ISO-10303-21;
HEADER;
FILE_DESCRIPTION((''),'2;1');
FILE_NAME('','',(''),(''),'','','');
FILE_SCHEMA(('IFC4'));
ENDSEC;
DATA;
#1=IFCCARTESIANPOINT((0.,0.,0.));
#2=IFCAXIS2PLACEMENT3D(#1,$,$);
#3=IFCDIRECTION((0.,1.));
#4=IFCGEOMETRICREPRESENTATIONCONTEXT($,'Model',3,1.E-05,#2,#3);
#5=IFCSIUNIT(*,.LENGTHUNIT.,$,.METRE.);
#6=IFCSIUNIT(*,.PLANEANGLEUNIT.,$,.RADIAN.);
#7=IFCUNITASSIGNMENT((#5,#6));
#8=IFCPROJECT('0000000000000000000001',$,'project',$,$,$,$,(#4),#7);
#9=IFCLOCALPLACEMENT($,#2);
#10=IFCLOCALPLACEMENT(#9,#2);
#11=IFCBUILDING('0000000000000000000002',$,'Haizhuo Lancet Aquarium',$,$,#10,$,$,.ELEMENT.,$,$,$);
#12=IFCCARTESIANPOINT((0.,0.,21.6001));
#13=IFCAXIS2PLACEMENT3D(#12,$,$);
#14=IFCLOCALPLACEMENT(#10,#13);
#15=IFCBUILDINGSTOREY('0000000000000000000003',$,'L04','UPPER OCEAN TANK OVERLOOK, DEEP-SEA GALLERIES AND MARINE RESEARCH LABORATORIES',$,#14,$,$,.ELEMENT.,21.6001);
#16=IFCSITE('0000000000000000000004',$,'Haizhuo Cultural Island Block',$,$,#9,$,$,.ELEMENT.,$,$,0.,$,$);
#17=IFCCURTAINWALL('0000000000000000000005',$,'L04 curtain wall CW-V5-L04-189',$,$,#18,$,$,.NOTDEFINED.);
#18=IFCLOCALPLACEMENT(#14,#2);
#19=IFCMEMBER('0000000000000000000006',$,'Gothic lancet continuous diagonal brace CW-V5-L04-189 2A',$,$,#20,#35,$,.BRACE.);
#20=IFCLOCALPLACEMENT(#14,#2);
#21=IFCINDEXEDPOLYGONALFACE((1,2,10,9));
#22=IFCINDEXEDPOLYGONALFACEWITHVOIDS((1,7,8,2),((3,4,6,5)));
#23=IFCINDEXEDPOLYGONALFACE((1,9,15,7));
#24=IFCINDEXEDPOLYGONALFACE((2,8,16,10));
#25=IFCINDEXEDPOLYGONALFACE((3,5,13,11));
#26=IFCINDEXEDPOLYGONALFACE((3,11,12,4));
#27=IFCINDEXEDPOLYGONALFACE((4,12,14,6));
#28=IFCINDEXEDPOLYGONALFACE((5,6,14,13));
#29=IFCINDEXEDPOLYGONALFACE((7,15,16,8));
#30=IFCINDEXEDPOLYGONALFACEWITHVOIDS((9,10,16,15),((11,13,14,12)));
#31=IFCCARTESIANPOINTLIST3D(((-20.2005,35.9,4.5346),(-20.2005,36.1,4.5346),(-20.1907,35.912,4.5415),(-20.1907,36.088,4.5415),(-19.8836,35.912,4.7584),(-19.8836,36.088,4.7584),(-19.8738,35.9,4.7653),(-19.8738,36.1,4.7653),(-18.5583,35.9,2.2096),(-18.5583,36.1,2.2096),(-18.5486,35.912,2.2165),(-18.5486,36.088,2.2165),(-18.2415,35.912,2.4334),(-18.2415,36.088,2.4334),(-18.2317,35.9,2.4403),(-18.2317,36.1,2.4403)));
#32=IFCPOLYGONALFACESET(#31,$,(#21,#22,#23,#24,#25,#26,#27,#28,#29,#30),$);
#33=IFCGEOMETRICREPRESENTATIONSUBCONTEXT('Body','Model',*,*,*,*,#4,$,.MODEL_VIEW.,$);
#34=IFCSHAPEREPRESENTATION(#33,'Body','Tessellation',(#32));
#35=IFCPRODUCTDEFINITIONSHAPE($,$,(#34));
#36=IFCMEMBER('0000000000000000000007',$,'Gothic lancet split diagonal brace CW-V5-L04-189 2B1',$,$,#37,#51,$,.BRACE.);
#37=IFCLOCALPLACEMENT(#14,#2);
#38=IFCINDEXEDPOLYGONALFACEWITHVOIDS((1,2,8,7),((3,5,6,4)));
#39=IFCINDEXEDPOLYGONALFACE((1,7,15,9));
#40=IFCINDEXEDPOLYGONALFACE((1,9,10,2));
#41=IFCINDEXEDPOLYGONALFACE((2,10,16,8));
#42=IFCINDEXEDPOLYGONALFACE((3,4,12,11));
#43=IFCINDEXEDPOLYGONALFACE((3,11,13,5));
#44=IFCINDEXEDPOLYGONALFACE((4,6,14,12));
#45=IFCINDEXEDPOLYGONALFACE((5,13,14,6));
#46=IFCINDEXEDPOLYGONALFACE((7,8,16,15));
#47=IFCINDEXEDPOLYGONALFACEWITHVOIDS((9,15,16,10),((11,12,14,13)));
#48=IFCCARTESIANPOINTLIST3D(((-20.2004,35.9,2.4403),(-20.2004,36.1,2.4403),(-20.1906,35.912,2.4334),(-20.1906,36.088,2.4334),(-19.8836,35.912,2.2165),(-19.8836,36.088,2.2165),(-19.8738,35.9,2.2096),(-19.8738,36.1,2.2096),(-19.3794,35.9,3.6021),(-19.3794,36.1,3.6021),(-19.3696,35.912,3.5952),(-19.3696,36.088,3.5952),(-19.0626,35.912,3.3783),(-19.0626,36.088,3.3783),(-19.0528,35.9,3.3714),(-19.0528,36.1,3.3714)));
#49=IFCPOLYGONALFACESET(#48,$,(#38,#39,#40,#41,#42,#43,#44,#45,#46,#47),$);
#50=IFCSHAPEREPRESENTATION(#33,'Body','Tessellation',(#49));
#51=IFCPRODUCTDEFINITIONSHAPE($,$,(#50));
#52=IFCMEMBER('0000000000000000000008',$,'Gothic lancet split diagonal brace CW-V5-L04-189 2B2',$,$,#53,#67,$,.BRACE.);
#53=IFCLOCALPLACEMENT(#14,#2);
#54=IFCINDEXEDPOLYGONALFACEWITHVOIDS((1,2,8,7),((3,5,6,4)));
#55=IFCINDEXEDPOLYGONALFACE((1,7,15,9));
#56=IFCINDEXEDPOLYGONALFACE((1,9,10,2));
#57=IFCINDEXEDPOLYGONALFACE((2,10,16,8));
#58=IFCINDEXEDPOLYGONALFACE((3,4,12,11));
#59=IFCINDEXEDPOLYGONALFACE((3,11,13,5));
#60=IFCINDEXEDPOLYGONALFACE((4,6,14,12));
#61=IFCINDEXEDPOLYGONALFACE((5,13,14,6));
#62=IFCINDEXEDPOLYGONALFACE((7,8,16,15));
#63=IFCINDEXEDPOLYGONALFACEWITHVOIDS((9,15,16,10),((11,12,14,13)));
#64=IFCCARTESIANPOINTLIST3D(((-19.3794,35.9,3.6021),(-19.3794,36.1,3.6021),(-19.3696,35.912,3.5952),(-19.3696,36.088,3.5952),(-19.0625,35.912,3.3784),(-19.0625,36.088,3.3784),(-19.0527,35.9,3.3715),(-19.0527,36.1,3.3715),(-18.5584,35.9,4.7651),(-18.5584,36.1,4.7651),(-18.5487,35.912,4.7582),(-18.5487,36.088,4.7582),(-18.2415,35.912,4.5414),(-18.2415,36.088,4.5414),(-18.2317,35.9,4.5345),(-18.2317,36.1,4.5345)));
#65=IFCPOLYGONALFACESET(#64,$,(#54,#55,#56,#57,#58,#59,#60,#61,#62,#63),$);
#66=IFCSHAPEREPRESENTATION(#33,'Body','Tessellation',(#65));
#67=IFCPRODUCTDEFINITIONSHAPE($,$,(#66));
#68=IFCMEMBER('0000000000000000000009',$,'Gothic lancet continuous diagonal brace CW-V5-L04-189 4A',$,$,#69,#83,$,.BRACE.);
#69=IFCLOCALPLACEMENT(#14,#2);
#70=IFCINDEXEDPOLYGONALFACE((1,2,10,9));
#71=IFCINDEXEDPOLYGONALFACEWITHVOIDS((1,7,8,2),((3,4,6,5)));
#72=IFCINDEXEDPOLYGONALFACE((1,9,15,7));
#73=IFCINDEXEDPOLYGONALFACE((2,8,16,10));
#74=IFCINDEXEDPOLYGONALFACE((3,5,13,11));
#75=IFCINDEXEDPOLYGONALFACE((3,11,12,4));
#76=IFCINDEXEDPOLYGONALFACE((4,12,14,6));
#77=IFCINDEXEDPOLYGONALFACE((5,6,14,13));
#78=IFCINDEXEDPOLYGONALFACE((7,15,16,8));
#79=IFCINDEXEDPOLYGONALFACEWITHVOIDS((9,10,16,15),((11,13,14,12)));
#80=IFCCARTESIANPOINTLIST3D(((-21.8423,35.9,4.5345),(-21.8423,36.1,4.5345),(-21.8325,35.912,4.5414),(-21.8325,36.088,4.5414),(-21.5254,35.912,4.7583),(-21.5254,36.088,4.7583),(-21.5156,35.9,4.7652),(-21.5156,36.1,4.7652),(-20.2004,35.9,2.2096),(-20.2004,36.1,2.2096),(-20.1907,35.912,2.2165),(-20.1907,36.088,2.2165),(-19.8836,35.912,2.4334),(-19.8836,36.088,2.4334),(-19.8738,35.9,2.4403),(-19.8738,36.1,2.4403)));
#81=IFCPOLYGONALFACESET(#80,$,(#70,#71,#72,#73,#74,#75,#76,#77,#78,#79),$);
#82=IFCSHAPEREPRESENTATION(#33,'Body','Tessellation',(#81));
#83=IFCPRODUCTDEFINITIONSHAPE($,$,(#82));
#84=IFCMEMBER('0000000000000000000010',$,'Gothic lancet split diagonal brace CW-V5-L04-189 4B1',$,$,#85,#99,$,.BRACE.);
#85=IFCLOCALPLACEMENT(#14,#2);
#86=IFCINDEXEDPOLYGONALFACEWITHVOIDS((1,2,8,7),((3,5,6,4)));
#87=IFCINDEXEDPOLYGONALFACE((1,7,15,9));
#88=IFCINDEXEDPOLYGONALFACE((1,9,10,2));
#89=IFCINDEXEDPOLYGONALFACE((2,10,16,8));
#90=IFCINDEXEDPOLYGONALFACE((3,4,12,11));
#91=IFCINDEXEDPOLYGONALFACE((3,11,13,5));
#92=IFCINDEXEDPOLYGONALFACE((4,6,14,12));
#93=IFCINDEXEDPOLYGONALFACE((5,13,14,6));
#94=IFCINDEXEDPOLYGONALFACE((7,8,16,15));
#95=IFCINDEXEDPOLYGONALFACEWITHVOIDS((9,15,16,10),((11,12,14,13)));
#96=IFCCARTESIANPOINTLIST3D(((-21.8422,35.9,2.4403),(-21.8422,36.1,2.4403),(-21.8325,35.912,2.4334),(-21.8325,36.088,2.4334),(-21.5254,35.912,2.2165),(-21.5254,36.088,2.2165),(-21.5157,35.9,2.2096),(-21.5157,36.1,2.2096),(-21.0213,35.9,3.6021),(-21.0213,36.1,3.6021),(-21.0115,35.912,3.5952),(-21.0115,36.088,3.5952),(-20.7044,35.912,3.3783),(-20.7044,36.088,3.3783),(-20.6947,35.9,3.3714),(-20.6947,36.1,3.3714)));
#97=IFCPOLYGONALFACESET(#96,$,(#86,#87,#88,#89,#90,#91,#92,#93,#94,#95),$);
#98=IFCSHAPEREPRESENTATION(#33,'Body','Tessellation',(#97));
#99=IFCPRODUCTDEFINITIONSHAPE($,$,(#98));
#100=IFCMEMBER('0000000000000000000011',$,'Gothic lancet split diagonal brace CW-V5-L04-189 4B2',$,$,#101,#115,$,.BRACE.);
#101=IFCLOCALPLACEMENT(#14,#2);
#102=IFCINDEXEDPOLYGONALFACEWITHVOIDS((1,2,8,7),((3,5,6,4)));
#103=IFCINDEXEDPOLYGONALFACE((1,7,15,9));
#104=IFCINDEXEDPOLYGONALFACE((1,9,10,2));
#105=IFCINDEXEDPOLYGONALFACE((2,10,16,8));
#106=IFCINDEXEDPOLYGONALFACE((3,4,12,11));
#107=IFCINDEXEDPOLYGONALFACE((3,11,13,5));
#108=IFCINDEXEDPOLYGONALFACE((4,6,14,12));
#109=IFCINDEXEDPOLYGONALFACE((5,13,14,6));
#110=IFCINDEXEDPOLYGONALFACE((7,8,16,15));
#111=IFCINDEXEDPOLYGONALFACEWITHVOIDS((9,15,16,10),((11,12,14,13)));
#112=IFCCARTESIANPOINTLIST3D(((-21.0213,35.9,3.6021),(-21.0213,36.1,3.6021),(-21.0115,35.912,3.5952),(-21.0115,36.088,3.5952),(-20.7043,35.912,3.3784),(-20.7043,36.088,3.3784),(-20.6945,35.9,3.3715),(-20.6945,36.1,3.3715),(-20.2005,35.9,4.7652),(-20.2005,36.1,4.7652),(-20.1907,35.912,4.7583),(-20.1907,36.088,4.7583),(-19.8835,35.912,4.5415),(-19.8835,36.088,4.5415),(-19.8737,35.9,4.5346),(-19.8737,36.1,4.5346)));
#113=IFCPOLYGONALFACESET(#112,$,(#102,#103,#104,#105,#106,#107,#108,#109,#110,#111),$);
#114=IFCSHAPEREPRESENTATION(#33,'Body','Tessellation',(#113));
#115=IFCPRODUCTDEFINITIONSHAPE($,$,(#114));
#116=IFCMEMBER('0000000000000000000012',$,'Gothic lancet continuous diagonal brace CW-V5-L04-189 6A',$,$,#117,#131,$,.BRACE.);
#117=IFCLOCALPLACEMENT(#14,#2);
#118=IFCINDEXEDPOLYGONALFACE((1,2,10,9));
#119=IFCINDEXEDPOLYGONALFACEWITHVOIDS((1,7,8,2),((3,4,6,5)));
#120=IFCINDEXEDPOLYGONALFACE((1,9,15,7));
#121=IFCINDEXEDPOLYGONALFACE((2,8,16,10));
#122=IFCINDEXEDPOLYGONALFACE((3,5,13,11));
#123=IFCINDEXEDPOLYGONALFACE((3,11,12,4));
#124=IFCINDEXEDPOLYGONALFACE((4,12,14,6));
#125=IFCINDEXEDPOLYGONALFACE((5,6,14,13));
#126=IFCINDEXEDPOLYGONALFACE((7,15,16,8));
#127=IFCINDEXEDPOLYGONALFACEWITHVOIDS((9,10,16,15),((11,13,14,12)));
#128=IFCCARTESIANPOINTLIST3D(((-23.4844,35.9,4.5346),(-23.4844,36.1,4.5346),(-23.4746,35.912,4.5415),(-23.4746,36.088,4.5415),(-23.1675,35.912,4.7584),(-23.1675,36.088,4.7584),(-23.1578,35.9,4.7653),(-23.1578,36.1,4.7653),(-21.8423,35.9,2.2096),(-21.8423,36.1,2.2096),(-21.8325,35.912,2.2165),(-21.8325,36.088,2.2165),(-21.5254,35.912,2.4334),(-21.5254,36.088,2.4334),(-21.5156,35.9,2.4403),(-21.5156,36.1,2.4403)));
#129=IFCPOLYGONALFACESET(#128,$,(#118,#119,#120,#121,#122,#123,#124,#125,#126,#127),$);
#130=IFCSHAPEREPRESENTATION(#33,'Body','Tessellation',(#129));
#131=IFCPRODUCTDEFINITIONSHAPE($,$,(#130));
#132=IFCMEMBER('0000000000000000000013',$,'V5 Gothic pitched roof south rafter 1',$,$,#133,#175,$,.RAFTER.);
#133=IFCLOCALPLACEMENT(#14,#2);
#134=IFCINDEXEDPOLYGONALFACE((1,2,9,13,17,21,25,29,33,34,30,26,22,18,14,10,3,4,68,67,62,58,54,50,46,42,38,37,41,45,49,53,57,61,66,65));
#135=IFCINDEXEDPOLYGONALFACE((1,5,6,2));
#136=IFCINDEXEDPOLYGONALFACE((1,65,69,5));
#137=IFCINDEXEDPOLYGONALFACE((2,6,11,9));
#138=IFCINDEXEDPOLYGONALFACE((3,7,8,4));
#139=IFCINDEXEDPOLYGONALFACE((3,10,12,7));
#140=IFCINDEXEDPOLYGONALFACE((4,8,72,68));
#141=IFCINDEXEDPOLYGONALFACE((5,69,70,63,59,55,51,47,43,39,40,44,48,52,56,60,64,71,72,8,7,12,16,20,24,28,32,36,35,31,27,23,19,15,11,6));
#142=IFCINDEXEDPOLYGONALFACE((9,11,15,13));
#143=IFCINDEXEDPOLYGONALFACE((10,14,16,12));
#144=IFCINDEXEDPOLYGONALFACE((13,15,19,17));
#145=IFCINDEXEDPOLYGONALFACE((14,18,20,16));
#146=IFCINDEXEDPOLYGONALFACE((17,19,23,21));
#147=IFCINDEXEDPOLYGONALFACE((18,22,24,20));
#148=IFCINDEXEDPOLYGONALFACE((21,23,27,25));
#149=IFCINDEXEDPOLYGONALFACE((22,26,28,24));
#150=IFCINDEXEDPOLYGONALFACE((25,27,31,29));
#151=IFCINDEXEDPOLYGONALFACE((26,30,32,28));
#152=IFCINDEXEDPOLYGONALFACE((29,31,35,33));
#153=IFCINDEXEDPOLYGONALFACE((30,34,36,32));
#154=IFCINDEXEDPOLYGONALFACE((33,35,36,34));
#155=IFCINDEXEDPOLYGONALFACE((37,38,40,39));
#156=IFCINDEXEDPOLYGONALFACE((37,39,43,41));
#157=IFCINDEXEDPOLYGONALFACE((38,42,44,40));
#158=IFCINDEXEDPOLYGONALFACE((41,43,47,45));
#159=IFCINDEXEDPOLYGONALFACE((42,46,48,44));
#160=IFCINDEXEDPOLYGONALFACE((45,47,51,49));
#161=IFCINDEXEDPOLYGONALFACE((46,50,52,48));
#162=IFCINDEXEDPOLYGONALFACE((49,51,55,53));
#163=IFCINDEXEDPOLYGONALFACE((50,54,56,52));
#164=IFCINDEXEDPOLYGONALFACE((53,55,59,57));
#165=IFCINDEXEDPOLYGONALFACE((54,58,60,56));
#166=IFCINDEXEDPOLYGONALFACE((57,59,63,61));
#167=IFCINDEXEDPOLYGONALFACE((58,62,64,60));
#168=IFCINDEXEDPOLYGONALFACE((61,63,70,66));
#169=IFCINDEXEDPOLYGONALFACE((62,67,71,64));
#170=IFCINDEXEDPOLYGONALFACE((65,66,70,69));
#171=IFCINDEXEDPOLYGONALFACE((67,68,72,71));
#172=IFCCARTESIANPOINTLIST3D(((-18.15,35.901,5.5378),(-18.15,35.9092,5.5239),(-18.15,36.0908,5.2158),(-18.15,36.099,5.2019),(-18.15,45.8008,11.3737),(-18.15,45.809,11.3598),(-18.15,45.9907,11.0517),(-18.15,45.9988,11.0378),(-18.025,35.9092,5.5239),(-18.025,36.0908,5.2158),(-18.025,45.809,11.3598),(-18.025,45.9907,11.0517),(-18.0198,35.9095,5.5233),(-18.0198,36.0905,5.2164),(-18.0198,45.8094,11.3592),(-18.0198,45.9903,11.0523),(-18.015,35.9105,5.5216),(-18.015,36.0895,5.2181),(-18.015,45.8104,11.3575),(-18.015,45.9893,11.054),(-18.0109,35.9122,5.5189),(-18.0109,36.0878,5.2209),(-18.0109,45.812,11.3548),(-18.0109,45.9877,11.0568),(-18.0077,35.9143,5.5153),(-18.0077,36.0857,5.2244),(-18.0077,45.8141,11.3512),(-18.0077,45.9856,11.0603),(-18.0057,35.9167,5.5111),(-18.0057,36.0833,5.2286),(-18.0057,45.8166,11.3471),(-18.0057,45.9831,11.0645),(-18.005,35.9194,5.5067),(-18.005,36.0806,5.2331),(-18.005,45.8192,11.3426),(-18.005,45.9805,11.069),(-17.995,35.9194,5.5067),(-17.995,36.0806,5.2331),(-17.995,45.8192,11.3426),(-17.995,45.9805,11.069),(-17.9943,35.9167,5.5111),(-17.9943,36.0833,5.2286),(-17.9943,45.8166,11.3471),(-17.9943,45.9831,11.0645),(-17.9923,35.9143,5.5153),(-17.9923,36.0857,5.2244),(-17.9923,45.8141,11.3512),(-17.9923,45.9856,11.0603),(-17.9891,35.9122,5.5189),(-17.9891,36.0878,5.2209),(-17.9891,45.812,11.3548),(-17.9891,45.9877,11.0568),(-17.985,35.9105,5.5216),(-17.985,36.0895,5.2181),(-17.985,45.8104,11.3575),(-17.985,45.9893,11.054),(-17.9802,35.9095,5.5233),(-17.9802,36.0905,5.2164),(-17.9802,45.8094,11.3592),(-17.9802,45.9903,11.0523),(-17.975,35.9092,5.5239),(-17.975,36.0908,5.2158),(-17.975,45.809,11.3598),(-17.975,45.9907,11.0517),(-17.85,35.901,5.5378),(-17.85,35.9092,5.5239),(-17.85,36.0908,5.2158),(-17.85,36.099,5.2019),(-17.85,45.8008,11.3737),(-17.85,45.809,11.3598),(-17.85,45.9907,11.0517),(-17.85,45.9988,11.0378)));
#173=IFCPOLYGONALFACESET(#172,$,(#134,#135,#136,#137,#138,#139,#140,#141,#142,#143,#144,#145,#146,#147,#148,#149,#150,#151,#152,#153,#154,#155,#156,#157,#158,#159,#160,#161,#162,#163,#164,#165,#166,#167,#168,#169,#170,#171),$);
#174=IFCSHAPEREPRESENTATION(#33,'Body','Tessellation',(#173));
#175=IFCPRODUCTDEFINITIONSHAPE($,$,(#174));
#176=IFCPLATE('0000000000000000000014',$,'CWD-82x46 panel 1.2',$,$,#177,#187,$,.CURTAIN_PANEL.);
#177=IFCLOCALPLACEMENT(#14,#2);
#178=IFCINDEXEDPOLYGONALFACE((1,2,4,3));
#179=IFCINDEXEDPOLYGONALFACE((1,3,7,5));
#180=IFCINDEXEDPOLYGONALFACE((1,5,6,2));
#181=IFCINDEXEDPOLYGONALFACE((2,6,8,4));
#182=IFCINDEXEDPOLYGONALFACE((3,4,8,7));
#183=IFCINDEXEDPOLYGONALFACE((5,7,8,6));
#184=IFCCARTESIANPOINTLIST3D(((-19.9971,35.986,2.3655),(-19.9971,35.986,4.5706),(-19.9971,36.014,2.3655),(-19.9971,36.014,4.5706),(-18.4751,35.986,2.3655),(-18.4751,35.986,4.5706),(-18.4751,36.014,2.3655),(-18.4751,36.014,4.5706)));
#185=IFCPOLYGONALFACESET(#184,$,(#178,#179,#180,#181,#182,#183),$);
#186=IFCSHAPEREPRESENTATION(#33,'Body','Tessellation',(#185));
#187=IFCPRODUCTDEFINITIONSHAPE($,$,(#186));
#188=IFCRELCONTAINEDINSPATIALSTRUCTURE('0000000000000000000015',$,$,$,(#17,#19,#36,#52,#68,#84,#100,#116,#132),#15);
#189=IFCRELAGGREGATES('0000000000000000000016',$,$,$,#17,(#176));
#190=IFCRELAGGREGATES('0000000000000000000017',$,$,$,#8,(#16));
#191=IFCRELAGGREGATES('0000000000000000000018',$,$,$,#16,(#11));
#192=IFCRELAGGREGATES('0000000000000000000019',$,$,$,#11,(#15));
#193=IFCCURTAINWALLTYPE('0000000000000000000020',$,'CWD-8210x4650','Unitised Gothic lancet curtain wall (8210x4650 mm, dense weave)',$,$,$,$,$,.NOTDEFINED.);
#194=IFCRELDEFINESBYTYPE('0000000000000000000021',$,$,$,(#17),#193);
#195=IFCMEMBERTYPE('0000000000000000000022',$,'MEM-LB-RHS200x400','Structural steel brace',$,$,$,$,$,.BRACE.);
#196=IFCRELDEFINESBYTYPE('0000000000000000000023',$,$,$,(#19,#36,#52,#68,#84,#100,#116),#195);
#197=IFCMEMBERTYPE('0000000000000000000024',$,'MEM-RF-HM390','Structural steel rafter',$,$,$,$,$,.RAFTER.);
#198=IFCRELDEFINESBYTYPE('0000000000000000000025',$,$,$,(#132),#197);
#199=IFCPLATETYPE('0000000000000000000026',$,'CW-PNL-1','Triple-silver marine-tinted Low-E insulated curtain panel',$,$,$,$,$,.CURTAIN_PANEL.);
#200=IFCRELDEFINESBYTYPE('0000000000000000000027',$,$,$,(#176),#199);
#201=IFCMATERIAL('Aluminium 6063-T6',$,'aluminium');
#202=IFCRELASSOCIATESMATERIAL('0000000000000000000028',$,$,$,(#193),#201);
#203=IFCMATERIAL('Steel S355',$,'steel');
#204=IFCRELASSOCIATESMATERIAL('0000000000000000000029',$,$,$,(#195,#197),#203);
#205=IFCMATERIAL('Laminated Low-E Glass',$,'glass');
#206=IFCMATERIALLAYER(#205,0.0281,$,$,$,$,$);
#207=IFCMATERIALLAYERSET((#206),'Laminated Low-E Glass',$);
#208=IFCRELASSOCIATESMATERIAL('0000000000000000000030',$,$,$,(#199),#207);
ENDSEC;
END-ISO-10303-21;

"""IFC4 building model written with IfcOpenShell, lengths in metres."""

from ifc_helpers import new_model, si_unit, direction, frame, origin, origin_2d, place, context, subcontext, project, spatial, rectangle, hollow_rectangle, i_section, extrude, material, layer, layer_set, material_profile, profile_set, type_object, element, aggregate, save


model = new_model("IFC4")

# Units and contexts
model_context = context("Model", 3, precision=1e-05, world=origin(), true_north=direction((0.0, 1.0)))
body_context = subcontext(model_context, "Body", "Model", "MODEL_VIEW")
ifc_project = project(units=[si_unit("LENGTHUNIT", "METRE"), si_unit("PLANEANGLEUNIT", "RADIAN")], contexts=[model_context])

# Site, building, storey
site_placement = place(None, origin())
site = spatial("IfcSite", under=ifc_project, at=site_placement, Name="Haizhuo Cultural Island Block", CompositionType="ELEMENT", RefElevation=0.0)
building_placement = place(site_placement, origin())
building = spatial("IfcBuilding", under=site, at=building_placement, Name="Haizhuo Lancet Aquarium", CompositionType="ELEMENT")
storey_placement = place(building_placement, frame((0.0, 0.0, 21.6001)))
storey = spatial("IfcBuildingStorey", under=building, at=storey_placement, Name="L04", Description="UPPER OCEAN TANK OVERLOOK, DEEP-SEA GALLERIES AND MARINE RESEARCH LABORATORIES", CompositionType="ELEMENT", Elevation=21.6001)

# Curtain wall
ifc_material_1 = material(Name="Aluminium 6063-T6", Category="aluminium")
curtain_wall_type = type_object("IfcCurtainWallType", Name="CWD-8210x4650", Description="Unitised Gothic lancet curtain wall (8210x4650 mm, dense weave)", PredefinedType="NOTDEFINED", material=ifc_material_1)
curtain_wall_1_placement = place(storey_placement, origin())
curtain_wall_1 = element("IfcCurtainWall", 1, at=curtain_wall_1_placement, inside=storey, type_object=curtain_wall_type, Name="L04 curtain wall CW-V5-L04-189", PredefinedType="NOTDEFINED")

# Members
ifc_material_2 = material(Name="Steel S355", Category="steel")
ifc_material_profile_1 = material_profile(ifc_material_2, hollow_rectangle(XDim=0.2, YDim=0.3999, WallThickness=0.012, at=origin_2d()), Name="RHS 200x400x12")
ifc_profile_set_1 = profile_set([ifc_material_profile_1], Name="Steel S355")
member_type_1 = type_object("IfcMemberType", Name="MEM-LB-RHS200x400", Description="Structural steel brace", PredefinedType="BRACE", material=ifc_profile_set_1)
member_1_placement = place(storey_placement, frame((-18.395, 36.0, 2.325), z_axis=(-0.576905, 0.0, 0.816811), x_axis=(0.0, -1.0, 0.0)))
element("IfcMember", 2, at=member_1_placement, inside=storey, type_object=member_type_1, Name="Gothic lancet continuous diagonal brace CW-V5-L04-189 2A", PredefinedType="BRACE", context=body_context, shape_type="SweptSolid", body=[
    extrude(hollow_rectangle(XDim=0.2, YDim=0.3999, WallThickness=0.012, at=origin_2d()), origin(), (0.0, 0.0, 1.0), 2.8464),
])
member_2_placement = place(storey_placement, frame((-20.0371, 36.0, 2.325), z_axis=(0.577108, 0.0, 0.816668), x_axis=(0.0, 1.0, 0.0)))
element("IfcMember", 3, at=member_2_placement, inside=storey, type_object=member_type_1, Name="Gothic lancet split diagonal brace CW-V5-L04-189 2B1", PredefinedType="BRACE", context=body_context, shape_type="SweptSolid", body=[
    extrude(hollow_rectangle(XDim=0.2, YDim=0.3999, WallThickness=0.012, at=origin_2d()), origin(), (0.0, 0.0, 1.0), 1.4226),
])
member_3_placement = place(storey_placement, frame((-19.2161, 36.0, 3.4868), z_axis=(0.576703, 0.0, 0.816954), x_axis=(0.0, 1.0, 0.0)))
element("IfcMember", 4, at=member_3_placement, inside=storey, type_object=member_type_1, Name="Gothic lancet split diagonal brace CW-V5-L04-189 2B2", PredefinedType="BRACE", context=body_context, shape_type="SweptSolid", body=[
    extrude(hollow_rectangle(XDim=0.2, YDim=0.3999, WallThickness=0.012, at=origin_2d()), origin(), (0.0, 0.0, 1.0), 1.4236),
])
member_4_placement = place(storey_placement, frame((-20.0371, 36.0, 2.325), z_axis=(-0.576848, 0.0, 0.816851), x_axis=(0.0, -1.0, 0.0)))
element("IfcMember", 5, at=member_4_placement, inside=storey, type_object=member_type_1, Name="Gothic lancet continuous diagonal brace CW-V5-L04-189 4A", PredefinedType="BRACE", context=body_context, shape_type="SweptSolid", body=[
    extrude(hollow_rectangle(XDim=0.2, YDim=0.3999, WallThickness=0.012, at=origin_2d()), origin(), (0.0, 0.0, 1.0), 2.8462),
])
member_5_placement = place(storey_placement, frame((-21.679, 36.0, 2.325), z_axis=(0.577108, 0.0, 0.816668), x_axis=(0.0, 1.0, 0.0)))
element("IfcMember", 6, at=member_5_placement, inside=storey, type_object=member_type_1, Name="Gothic lancet split diagonal brace CW-V5-L04-189 4B1", PredefinedType="BRACE", context=body_context, shape_type="SweptSolid", body=[
    extrude(hollow_rectangle(XDim=0.2, YDim=0.3999, WallThickness=0.012, at=origin_2d()), origin(), (0.0, 0.0, 1.0), 1.4226),
])
member_6_placement = place(storey_placement, frame((-20.8579, 36.0, 3.4868), z_axis=(0.576589, 0.0, 0.817034), x_axis=(0.0, 1.0, 0.0)))
element("IfcMember", 7, at=member_6_placement, inside=storey, type_object=member_type_1, Name="Gothic lancet split diagonal brace CW-V5-L04-189 4B2", PredefinedType="BRACE", context=body_context, shape_type="SweptSolid", body=[
    extrude(hollow_rectangle(XDim=0.2, YDim=0.3999, WallThickness=0.012, at=origin_2d()), origin(), (0.0, 0.0, 1.0), 1.4236),
])
member_7_placement = place(storey_placement, frame((-21.679, 36.0, 2.325), z_axis=(-0.576905, 0.0, 0.816811), x_axis=(0.0, -1.0, 0.0)))
element("IfcMember", 8, at=member_7_placement, inside=storey, type_object=member_type_1, Name="Gothic lancet continuous diagonal brace CW-V5-L04-189 6A", PredefinedType="BRACE", context=body_context, shape_type="SweptSolid", body=[
    extrude(hollow_rectangle(XDim=0.2, YDim=0.3999, WallThickness=0.012, at=origin_2d()), origin(), (0.0, 0.0, 1.0), 2.8464),
])
ifc_material_profile_2 = material_profile(ifc_material_2, i_section(OverallWidth=0.3, OverallDepth=0.3899, WebThickness=0.01, FlangeThickness=0.0161, FilletRadius=0.02, at=origin_2d()), Name="HM 390x300x10x16")
ifc_profile_set_2 = profile_set([ifc_material_profile_2], Name="Steel S355")
member_type_2 = type_object("IfcMemberType", Name="MEM-RF-HM390", Description="Structural steel rafter", PredefinedType="RAFTER", material=ifc_profile_set_2)
member_8_placement = place(storey_placement, frame((-18.0, 36.0, 5.3699), z_axis=(0.0, 0.86146, 0.507826), x_axis=(-1.0, 0.0, 0.0)))
element("IfcMember", 9, at=member_8_placement, inside=storey, type_object=member_type_2, Name="V5 Gothic pitched roof south rafter 1", PredefinedType="RAFTER", context=body_context, shape_type="SweptSolid", body=[
    extrude(i_section(OverallWidth=0.3, OverallDepth=0.3899, WebThickness=0.01, FlangeThickness=0.0161, FilletRadius=0.02, at=origin_2d()), origin(), (0.0, 0.0, 1.0), 11.4919),
])

# Plate
ifc_material_3 = material(Name="Laminated Low-E Glass", Category="glass")
ifc_layer_1 = layer(ifc_material_3, 0.0281)
ifc_layer_set_1 = layer_set([ifc_layer_1], Name="Laminated Low-E Glass")
plate_type_1 = type_object("IfcPlateType", Name="CW-PNL-1", Description="Triple-silver marine-tinted Low-E insulated curtain panel", PredefinedType="CURTAIN_PANEL", material=ifc_layer_set_1)
plate_1_placement = place(storey_placement, frame((-19.2361, 36.0, 2.3655), z_axis=(0.0, 0.0, 1.0), x_axis=(-1.0, 0.0, 0.0)))
plate_1 = element("IfcPlate", 10, at=plate_1_placement, type_object=plate_type_1, Name="CWD-82x46 panel 1.2", PredefinedType="CURTAIN_PANEL", context=body_context, shape_type="SweptSolid", body=[
    extrude(rectangle(XDim=1.522, YDim=0.0281, at=origin_2d()), origin(), (0.0, 0.0, 1.0), 2.2051),
])
aggregate(curtain_wall_1, [plate_1])

save(model, "model.ifc")
